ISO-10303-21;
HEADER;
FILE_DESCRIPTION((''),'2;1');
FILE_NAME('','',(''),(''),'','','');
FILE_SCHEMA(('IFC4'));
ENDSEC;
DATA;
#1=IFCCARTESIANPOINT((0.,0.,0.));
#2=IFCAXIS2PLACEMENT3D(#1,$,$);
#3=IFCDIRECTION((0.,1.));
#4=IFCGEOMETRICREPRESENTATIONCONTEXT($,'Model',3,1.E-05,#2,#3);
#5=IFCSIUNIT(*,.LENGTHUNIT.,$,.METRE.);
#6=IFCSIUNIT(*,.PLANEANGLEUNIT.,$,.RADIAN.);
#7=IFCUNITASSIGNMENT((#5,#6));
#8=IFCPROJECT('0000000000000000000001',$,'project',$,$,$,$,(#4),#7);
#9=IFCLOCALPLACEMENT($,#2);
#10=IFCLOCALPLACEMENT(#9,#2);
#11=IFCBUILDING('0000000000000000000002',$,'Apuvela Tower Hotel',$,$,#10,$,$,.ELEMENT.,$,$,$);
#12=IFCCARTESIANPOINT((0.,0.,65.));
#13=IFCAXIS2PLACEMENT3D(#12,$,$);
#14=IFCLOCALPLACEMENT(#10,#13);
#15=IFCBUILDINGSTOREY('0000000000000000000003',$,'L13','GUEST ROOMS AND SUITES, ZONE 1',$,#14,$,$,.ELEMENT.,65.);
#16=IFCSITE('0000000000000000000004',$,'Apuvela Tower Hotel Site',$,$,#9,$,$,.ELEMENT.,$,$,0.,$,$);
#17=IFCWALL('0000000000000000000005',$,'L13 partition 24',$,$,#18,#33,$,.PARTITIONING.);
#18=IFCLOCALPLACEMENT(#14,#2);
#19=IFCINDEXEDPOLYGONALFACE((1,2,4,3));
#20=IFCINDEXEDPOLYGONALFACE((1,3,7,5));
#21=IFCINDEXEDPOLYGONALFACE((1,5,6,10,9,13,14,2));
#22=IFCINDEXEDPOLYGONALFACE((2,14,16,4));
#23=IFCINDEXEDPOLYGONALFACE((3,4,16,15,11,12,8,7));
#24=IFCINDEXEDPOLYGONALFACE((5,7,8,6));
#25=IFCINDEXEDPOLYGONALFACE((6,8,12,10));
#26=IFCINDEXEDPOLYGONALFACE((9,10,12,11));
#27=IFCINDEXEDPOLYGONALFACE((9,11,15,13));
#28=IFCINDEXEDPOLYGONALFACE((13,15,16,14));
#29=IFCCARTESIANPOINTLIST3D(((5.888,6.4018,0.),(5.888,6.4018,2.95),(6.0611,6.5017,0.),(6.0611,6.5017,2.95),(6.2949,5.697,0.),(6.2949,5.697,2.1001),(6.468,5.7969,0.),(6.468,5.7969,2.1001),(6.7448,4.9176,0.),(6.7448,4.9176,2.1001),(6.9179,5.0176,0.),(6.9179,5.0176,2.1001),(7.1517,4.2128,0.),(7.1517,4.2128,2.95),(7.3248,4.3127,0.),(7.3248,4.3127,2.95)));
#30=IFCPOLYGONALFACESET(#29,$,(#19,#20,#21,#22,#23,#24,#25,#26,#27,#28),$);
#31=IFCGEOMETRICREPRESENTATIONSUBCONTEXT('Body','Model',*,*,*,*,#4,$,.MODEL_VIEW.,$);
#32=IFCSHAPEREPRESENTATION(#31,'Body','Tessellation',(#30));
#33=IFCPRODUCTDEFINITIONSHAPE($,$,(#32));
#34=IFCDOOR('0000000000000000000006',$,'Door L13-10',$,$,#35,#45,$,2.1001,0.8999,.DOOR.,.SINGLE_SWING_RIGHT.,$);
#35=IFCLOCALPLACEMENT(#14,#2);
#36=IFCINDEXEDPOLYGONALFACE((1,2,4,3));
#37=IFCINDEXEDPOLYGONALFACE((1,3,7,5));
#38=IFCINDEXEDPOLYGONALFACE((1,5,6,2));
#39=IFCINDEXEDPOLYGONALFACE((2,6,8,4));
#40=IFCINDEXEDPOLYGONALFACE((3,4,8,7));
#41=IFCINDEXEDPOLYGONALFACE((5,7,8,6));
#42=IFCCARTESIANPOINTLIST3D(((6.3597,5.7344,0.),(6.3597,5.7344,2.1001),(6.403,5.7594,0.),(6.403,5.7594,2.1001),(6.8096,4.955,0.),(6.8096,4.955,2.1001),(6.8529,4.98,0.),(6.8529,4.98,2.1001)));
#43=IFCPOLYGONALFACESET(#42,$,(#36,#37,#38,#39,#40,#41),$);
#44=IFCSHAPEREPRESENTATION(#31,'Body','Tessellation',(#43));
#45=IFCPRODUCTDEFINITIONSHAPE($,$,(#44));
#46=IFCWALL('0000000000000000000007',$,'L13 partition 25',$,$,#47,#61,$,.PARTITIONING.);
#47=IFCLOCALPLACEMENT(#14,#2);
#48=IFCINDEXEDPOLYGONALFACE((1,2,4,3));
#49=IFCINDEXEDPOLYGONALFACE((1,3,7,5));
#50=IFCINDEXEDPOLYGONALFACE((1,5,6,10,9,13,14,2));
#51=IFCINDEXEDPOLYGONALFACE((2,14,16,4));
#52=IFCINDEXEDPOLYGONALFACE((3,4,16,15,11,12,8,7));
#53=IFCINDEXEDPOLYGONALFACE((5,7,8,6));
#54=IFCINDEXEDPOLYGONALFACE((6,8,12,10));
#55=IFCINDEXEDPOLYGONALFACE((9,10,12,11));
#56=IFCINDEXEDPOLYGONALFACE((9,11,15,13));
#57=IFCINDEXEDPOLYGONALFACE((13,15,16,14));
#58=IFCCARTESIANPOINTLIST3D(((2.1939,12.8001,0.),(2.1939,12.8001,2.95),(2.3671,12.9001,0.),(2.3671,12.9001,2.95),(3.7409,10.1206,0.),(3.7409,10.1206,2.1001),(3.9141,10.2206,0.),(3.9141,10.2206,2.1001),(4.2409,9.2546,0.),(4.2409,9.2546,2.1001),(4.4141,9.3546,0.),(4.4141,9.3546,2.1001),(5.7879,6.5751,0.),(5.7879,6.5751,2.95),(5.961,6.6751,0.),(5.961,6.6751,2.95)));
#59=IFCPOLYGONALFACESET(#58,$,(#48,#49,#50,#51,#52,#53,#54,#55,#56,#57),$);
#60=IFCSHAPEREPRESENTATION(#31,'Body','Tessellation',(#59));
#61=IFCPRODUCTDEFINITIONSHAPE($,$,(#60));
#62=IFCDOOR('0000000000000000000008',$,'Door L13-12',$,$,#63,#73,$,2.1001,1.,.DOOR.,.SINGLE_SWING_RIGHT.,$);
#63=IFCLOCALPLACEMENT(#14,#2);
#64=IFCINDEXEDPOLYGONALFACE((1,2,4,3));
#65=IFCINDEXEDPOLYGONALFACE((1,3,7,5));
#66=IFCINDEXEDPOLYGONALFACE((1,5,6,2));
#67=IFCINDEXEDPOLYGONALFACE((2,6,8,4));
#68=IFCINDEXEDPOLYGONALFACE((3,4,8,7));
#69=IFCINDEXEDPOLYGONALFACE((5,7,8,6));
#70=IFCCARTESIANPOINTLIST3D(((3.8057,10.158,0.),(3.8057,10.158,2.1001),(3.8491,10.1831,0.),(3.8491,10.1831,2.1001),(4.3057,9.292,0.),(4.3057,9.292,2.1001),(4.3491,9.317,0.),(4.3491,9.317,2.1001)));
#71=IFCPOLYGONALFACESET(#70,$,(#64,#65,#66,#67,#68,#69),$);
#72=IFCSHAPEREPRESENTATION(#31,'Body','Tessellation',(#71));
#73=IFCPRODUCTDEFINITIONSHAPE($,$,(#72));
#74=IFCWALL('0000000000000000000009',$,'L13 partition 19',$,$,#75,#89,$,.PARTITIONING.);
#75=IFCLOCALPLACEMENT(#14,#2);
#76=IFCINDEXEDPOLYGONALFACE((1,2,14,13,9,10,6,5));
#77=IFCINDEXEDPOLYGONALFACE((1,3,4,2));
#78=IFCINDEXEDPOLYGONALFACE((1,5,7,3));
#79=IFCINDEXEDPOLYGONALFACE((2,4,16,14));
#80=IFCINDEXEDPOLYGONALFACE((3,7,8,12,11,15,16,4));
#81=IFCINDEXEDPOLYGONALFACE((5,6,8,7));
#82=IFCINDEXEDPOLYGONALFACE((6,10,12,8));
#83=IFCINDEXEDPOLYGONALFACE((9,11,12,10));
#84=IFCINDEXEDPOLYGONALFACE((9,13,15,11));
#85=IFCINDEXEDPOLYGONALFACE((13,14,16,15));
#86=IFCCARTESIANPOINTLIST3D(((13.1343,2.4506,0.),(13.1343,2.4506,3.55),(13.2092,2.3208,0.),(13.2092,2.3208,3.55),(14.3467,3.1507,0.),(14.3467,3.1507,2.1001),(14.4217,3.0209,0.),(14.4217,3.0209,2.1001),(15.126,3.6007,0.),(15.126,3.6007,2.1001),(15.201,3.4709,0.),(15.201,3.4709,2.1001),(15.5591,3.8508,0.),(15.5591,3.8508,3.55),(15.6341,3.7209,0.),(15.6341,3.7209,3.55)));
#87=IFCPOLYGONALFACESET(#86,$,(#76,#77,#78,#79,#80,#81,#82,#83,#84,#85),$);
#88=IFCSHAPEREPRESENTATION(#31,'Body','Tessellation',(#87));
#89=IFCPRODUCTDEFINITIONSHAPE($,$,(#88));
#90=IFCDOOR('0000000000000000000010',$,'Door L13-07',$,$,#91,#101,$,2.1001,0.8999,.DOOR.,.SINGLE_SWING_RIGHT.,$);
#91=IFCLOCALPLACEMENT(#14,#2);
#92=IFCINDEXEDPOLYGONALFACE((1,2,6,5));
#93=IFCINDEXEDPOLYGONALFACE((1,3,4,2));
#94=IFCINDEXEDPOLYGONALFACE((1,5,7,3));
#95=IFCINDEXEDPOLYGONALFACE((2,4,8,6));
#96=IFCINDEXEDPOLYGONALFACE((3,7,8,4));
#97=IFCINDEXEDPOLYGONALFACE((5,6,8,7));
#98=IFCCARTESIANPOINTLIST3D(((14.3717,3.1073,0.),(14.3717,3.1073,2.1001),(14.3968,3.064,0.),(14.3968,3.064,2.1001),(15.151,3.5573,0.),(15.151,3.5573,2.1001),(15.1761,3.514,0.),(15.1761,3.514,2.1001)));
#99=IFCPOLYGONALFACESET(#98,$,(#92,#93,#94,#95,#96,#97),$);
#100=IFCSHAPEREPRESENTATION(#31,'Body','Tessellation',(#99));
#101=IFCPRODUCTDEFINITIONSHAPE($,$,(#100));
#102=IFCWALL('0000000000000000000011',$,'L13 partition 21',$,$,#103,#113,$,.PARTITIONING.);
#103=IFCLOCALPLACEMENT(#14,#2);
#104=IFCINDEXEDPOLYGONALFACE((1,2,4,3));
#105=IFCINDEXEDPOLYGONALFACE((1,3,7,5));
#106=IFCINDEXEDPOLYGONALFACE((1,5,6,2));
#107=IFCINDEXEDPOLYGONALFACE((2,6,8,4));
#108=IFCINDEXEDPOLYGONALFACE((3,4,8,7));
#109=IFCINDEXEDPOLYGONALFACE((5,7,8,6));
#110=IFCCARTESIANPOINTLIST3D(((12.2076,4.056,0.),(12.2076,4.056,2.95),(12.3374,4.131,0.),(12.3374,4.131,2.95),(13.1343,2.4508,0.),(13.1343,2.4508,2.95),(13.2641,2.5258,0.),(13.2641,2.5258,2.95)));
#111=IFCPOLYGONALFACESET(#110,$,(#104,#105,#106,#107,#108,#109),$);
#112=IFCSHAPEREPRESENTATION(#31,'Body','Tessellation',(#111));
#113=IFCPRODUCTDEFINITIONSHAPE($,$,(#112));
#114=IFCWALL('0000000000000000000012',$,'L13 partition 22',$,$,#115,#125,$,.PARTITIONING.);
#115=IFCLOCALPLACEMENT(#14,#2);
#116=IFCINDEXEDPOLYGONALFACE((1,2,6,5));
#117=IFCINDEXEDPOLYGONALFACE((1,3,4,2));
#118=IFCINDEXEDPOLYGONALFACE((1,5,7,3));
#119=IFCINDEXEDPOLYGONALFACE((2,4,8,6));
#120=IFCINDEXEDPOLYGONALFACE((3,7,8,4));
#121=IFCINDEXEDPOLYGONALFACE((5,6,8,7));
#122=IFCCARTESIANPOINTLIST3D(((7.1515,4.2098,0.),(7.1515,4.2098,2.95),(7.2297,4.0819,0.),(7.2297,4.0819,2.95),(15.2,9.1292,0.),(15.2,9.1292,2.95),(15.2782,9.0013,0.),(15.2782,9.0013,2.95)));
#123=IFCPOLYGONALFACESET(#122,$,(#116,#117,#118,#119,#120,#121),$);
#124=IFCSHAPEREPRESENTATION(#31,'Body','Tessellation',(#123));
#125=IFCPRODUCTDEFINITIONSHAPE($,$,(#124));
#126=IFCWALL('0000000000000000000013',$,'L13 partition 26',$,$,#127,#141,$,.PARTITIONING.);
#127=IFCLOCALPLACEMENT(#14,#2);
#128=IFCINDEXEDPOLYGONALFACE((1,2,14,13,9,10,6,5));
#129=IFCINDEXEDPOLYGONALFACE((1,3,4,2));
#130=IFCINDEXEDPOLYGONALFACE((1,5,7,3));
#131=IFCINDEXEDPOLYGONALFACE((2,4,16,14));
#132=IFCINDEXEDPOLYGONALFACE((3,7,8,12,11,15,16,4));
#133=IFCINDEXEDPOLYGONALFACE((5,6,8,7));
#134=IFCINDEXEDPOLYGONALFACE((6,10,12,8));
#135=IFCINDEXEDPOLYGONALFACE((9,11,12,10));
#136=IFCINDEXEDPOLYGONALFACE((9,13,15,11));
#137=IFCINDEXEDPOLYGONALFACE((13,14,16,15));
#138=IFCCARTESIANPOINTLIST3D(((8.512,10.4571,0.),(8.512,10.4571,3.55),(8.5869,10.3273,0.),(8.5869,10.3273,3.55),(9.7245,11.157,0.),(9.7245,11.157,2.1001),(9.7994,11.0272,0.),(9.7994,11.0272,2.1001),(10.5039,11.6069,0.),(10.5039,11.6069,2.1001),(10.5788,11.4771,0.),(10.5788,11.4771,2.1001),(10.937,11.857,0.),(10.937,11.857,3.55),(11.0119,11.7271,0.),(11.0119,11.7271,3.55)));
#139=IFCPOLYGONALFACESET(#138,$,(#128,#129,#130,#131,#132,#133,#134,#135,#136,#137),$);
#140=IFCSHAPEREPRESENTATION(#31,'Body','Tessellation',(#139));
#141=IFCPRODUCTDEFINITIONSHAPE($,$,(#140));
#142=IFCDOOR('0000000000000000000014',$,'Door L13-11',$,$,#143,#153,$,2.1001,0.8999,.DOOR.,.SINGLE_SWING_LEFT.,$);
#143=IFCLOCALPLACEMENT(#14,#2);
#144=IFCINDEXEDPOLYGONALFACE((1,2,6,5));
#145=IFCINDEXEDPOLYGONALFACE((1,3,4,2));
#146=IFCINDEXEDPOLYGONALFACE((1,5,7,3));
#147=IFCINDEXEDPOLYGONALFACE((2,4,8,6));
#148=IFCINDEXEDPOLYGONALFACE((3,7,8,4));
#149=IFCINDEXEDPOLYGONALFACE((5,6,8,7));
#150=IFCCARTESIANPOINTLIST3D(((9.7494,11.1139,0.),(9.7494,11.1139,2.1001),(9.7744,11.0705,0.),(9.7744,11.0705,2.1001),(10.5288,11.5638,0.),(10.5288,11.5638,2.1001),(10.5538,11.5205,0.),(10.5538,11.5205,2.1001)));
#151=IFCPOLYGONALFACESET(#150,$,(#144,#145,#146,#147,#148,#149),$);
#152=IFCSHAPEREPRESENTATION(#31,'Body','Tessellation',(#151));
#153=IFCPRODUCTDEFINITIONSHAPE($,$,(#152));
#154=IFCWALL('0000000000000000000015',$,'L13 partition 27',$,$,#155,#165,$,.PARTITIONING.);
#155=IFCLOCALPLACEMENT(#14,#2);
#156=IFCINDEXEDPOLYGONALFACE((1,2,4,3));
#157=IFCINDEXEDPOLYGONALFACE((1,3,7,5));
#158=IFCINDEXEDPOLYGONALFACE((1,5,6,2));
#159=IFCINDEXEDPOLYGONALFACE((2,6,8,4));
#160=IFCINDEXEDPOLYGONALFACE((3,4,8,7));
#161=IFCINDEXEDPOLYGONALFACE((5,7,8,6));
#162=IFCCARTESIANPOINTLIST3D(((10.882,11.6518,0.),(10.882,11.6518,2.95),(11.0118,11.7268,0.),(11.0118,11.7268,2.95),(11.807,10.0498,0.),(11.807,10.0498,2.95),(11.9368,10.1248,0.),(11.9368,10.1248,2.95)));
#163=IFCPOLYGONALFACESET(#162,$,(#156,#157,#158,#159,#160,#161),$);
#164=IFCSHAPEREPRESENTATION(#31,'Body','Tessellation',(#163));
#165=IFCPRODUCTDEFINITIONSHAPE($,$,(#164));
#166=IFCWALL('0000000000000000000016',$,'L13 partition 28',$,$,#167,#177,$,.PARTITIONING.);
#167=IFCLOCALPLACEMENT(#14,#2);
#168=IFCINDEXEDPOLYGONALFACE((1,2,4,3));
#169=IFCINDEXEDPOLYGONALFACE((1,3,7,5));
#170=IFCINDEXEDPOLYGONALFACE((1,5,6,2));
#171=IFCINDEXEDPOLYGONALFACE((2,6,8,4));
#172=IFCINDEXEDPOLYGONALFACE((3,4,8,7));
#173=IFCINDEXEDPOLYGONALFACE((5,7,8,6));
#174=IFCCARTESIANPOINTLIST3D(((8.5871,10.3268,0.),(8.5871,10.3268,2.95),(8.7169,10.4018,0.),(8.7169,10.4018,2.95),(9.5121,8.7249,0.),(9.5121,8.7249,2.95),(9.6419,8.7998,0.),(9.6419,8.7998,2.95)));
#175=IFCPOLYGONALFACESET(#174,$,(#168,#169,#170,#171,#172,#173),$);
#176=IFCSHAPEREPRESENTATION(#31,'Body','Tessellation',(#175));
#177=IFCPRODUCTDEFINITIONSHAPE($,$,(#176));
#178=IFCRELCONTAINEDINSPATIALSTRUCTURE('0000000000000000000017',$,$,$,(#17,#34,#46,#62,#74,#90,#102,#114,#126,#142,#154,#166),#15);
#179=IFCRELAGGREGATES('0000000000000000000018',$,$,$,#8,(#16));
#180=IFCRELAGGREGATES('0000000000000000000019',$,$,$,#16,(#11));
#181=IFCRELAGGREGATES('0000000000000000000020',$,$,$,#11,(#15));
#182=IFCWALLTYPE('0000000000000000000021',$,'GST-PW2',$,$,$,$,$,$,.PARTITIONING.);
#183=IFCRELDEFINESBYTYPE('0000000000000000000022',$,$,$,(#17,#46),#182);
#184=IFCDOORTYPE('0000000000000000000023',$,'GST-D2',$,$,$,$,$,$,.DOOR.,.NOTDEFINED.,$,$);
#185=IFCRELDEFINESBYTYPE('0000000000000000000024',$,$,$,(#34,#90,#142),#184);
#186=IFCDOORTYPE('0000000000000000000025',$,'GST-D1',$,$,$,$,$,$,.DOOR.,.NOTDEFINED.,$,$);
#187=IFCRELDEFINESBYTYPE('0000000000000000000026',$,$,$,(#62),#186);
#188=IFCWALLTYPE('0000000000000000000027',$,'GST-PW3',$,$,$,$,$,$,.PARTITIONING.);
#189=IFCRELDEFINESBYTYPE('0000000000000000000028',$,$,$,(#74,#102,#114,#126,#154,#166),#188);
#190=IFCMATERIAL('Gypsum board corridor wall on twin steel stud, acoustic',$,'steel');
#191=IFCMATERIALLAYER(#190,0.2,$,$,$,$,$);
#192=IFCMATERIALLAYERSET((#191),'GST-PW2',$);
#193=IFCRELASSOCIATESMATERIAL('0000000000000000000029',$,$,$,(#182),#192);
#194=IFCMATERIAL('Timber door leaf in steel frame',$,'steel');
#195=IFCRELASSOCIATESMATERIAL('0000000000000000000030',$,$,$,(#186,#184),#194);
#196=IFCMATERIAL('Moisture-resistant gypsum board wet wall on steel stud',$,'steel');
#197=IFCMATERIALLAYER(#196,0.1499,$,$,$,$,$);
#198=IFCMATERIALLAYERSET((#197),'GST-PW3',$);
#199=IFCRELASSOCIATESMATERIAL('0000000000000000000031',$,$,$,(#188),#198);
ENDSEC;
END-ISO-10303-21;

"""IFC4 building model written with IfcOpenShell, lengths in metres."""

from ifc_helpers import new_model, si_unit, direction, frame, frame_2d, origin, place, context, subcontext, project, spatial, rectangle, extrude, material, layer, layer_set, type_object, element, fill, save


model = new_model("IFC4")

# Units and contexts
model_context = context("Model", 3, precision=1e-05, world=origin(), true_north=direction((0.0, 1.0)))
body_context = subcontext(model_context, "Body", "Model", "MODEL_VIEW")
ifc_project = project(units=[si_unit("LENGTHUNIT", "METRE"), si_unit("PLANEANGLEUNIT", "RADIAN")], contexts=[model_context])

# Site, building, storey
site_placement = place(None, origin())
site = spatial("IfcSite", under=ifc_project, at=site_placement, Name="Apuvela Tower Hotel Site", CompositionType="ELEMENT", RefElevation=0.0)
building_placement = place(site_placement, origin())
building = spatial("IfcBuilding", under=site, at=building_placement, Name="Apuvela Tower Hotel", CompositionType="ELEMENT")
storey_placement = place(building_placement, frame((0.0, 0.0, 65.0)))
storey = spatial("IfcBuildingStorey", under=building, at=storey_placement, Name="L13", Description="GUEST ROOMS AND SUITES, ZONE 1", CompositionType="ELEMENT", Elevation=65.0)

# Walls, openings, doors
ifc_material_1 = material(Name="Gypsum board corridor wall on twin steel stud, acoustic", Category="steel")
ifc_layer_1 = layer(ifc_material_1, 0.2)
ifc_layer_set_1 = layer_set([ifc_layer_1], Name="GST-PW2")
wall_type_1 = type_object("IfcWallType", Name="GST-PW2", PredefinedType="PARTITIONING", material=ifc_layer_set_1)
ifc_material_2 = material(Name="Timber door leaf in steel frame", Category="steel")
door_type_1 = type_object("IfcDoorType", Name="GST-D1", OperationType="NOTDEFINED", PredefinedType="DOOR", material=ifc_material_2)
door_type_2 = type_object("IfcDoorType", Name="GST-D2", OperationType="NOTDEFINED", PredefinedType="DOOR", material=ifc_material_2)
wall_1_placement = place(storey_placement, frame((5.9746, 6.4517, 0.0), z_axis=(0.0, 0.0, 1.0), x_axis=(0.499962, -0.866047, 0.0)))
wall_1 = element("IfcWall", 1, at=wall_1_placement, inside=storey, type_object=wall_type_1, Name="L13 partition 24", PredefinedType="PARTITIONING", context=body_context, shape_type="SweptSolid", body=[
    extrude(rectangle(XDim=2.5276, YDim=0.2, at=frame_2d((1.2637, 0.0))), origin(), (0.0, 0.0, 1.0), 2.95),
])
opening_1_placement = place(wall_1_placement, frame((0.8137, 0.0, 0.0)))
opening_1 = element("IfcOpeningElement", 2, at=opening_1_placement, cuts=wall_1, PredefinedType="OPENING", context=body_context, shape_type="SweptSolid", body=[
    extrude(rectangle(XDim=0.8999, YDim=2.1001, at=frame_2d((0.45, 1.05))), frame((0.0, 0.1099, 0.0), z_axis=(0.0, -1.0, 0.0), x_axis=(1.0, 0.0, 0.0)), (0.0, 0.0, 1.0), 0.22),
])
door_1_placement = place(opening_1_placement, origin())
door_1 = element("IfcDoor", 3, at=door_1_placement, inside=storey, type_object=door_type_2, Name="Door L13-10", OperationType="SINGLE_SWING_RIGHT", OverallHeight=2.1001, OverallWidth=0.8999, PredefinedType="DOOR", context=body_context, shape_type="SweptSolid", body=[
    extrude(rectangle(XDim=0.8999, YDim=2.1001, at=frame_2d((0.45, 1.05))), frame((0.0, 0.0249, 0.0), z_axis=(0.0, -1.0, 0.0), x_axis=(1.0, 0.0, 0.0)), (0.0, 0.0, 1.0), 0.05),
])
fill(opening_1, door_1)
wall_2_placement = place(storey_placement, frame((2.2805, 12.8501, 0.0), z_axis=(0.0, 0.0, 1.0), x_axis=(0.499993, -0.866029, 0.0)))
wall_2 = element("IfcWall", 4, at=wall_2_placement, inside=storey, type_object=wall_type_1, Name="L13 partition 25", PredefinedType="PARTITIONING", context=body_context, shape_type="SweptSolid", body=[
    extrude(rectangle(XDim=7.188, YDim=0.2, at=frame_2d((3.594, 0.0))), origin(), (0.0, 0.0, 1.0), 2.95),
])
opening_2_placement = place(wall_2_placement, frame((3.094, 0.0, 0.0)))
opening_2 = element("IfcOpeningElement", 5, at=opening_2_placement, cuts=wall_2, PredefinedType="OPENING", context=body_context, shape_type="SweptSolid", body=[
    extrude(rectangle(XDim=1.0, YDim=2.1001, at=frame_2d((0.5, 1.05))), frame((0.0, 0.1099, 0.0), z_axis=(0.0, -1.0, 0.0), x_axis=(1.0, 0.0, 0.0)), (0.0, 0.0, 1.0), 0.22),
])
door_2_placement = place(opening_2_placement, origin())
door_2 = element("IfcDoor", 6, at=door_2_placement, inside=storey, type_object=door_type_1, Name="Door L13-12", OperationType="SINGLE_SWING_RIGHT", OverallHeight=2.1001, OverallWidth=1.0, PredefinedType="DOOR", context=body_context, shape_type="SweptSolid", body=[
    extrude(rectangle(XDim=1.0, YDim=2.1001, at=frame_2d((0.5, 1.05))), frame((0.0, 0.0249, 0.0), z_axis=(0.0, -1.0, 0.0), x_axis=(1.0, 0.0, 0.0)), (0.0, 0.0, 1.0), 0.05),
])
fill(opening_2, door_2)
ifc_material_3 = material(Name="Moisture-resistant gypsum board wet wall on steel stud", Category="steel")
ifc_layer_2 = layer(ifc_material_3, 0.1499)
ifc_layer_set_2 = layer_set([ifc_layer_2], Name="GST-PW3")
wall_type_2 = type_object("IfcWallType", Name="GST-PW3", PredefinedType="PARTITIONING", material=ifc_layer_set_2)
wall_3_placement = place(storey_placement, frame((13.1719, 2.3857, 0.0), z_axis=(0.0, 0.0, 1.0), x_axis=(0.865997, 0.50005, 0.0)))
wall_3 = element("IfcWall", 7, at=wall_3_placement, inside=storey, type_object=wall_type_2, Name="L13 partition 19", PredefinedType="PARTITIONING", context=body_context, shape_type="SweptSolid", body=[
    extrude(rectangle(XDim=2.8, YDim=0.1499, at=frame_2d((1.3999, 0.0))), origin(), (0.0, 0.0, 1.0), 3.55),
])
opening_3_placement = place(wall_3_placement, frame((1.3999, 0.0, 0.0)))
opening_3 = element("IfcOpeningElement", 8, at=opening_3_placement, cuts=wall_3, PredefinedType="OPENING", context=body_context, shape_type="SweptSolid", body=[
    extrude(rectangle(XDim=0.8999, YDim=2.1001, at=frame_2d((0.45, 1.05))), frame((0.0, 0.085, 0.0), z_axis=(0.0, -1.0, 0.0), x_axis=(1.0, 0.0, 0.0)), (0.0, 0.0, 1.0), 0.1699),
])
door_3_placement = place(opening_3_placement, origin())
door_3 = element("IfcDoor", 9, at=door_3_placement, inside=storey, type_object=door_type_2, Name="Door L13-07", OperationType="SINGLE_SWING_RIGHT", OverallHeight=2.1001, OverallWidth=0.8999, PredefinedType="DOOR", context=body_context, shape_type="SweptSolid", body=[
    extrude(rectangle(XDim=0.8999, YDim=2.1001, at=frame_2d((0.45, 1.05))), frame((0.0, 0.0249, 0.0), z_axis=(0.0, -1.0, 0.0), x_axis=(1.0, 0.0, 0.0)), (0.0, 0.0, 1.0), 0.05),
])
fill(opening_3, door_3)

# Walls
wall_4_placement = place(storey_placement, frame((13.1992, 2.4883, 0.0), z_axis=(0.0, 0.0, 1.0), x_axis=(-0.499992, 0.86603, 0.0)))
element("IfcWall", 10, at=wall_4_placement, inside=storey, type_object=wall_type_2, Name="L13 partition 21", PredefinedType="PARTITIONING", context=body_context, shape_type="SweptSolid", body=[
    extrude(rectangle(XDim=1.8535, YDim=0.1499, at=frame_2d((0.9268, 0.0))), origin(), (0.0, 0.0, 1.0), 2.95),
])
wall_5_placement = place(storey_placement, frame((15.239, 9.0652, 0.0), z_axis=(0.0, 0.0, 1.0), x_axis=(-0.853242, -0.521516, 0.0)))
element("IfcWall", 11, at=wall_5_placement, inside=storey, type_object=wall_type_2, Name="L13 partition 22", PredefinedType="PARTITIONING", context=body_context, shape_type="SweptSolid", body=[
    extrude(rectangle(XDim=9.4329, YDim=0.1499, at=frame_2d((4.7163, 0.0))), origin(), (0.0, 0.0, 1.0), 2.95),
])

# Wall, opening, door
wall_6_placement = place(storey_placement, frame((10.9744, 11.792, 0.0), z_axis=(0.0, 0.0, 1.0), x_axis=(-0.866056, -0.499946, 0.0)))
wall_6 = element("IfcWall", 12, at=wall_6_placement, inside=storey, type_object=wall_type_2, Name="L13 partition 26", PredefinedType="PARTITIONING", context=body_context, shape_type="SweptSolid", body=[
    extrude(rectangle(XDim=2.8, YDim=0.1499, at=frame_2d((1.3999, 0.0))), origin(), (0.0, 0.0, 1.0), 3.55),
])
opening_4_placement = place(wall_6_placement, frame((0.5, 0.0, 0.0)))
opening_4 = element("IfcOpeningElement", 13, at=opening_4_placement, cuts=wall_6, PredefinedType="OPENING", context=body_context, shape_type="SweptSolid", body=[
    extrude(rectangle(XDim=0.8999, YDim=2.1001, at=frame_2d((0.45, 1.05))), frame((0.0, 0.085, 0.0), z_axis=(0.0, -1.0, 0.0), x_axis=(1.0, 0.0, 0.0)), (0.0, 0.0, 1.0), 0.1699),
])
door_4_placement = place(opening_4_placement, origin())
door_4 = element("IfcDoor", 14, at=door_4_placement, inside=storey, type_object=door_type_2, Name="Door L13-11", OperationType="SINGLE_SWING_LEFT", OverallHeight=2.1001, OverallWidth=0.8999, PredefinedType="DOOR", context=body_context, shape_type="SweptSolid", body=[
    extrude(rectangle(XDim=0.8999, YDim=2.1001, at=frame_2d((0.45, 1.05))), frame((0.0, 0.0249, 0.0), z_axis=(0.0, -1.0, 0.0), x_axis=(1.0, 0.0, 0.0)), (0.0, 0.0, 1.0), 0.05),
])
fill(opening_4, door_4)

# Walls
for number, where, z_axis, x_axis, name in (
    (15, (11.8718, 10.0874, 0.0), (0.0, 0.0, 1.0), (-0.500042, 0.866001, 0.0), "L13 partition 27"),
    (16, (9.5769, 8.7625, 0.0), (0.0, 0.0, 1.0), (-0.500042, 0.866001, 0.0), "L13 partition 28"),
):
    element("IfcWall", number, at=place(storey_placement, frame(where, z_axis=z_axis, x_axis=x_axis)), inside=storey, type_object=wall_type_2, Name=name, PredefinedType="PARTITIONING", context=body_context, shape_type="SweptSolid", body=[
        extrude(rectangle(XDim=1.8499, YDim=0.1499, at=frame_2d((0.9248, 0.0))), origin(), (0.0, 0.0, 1.0), 2.95),
    ])

save(model, "model.ifc")
